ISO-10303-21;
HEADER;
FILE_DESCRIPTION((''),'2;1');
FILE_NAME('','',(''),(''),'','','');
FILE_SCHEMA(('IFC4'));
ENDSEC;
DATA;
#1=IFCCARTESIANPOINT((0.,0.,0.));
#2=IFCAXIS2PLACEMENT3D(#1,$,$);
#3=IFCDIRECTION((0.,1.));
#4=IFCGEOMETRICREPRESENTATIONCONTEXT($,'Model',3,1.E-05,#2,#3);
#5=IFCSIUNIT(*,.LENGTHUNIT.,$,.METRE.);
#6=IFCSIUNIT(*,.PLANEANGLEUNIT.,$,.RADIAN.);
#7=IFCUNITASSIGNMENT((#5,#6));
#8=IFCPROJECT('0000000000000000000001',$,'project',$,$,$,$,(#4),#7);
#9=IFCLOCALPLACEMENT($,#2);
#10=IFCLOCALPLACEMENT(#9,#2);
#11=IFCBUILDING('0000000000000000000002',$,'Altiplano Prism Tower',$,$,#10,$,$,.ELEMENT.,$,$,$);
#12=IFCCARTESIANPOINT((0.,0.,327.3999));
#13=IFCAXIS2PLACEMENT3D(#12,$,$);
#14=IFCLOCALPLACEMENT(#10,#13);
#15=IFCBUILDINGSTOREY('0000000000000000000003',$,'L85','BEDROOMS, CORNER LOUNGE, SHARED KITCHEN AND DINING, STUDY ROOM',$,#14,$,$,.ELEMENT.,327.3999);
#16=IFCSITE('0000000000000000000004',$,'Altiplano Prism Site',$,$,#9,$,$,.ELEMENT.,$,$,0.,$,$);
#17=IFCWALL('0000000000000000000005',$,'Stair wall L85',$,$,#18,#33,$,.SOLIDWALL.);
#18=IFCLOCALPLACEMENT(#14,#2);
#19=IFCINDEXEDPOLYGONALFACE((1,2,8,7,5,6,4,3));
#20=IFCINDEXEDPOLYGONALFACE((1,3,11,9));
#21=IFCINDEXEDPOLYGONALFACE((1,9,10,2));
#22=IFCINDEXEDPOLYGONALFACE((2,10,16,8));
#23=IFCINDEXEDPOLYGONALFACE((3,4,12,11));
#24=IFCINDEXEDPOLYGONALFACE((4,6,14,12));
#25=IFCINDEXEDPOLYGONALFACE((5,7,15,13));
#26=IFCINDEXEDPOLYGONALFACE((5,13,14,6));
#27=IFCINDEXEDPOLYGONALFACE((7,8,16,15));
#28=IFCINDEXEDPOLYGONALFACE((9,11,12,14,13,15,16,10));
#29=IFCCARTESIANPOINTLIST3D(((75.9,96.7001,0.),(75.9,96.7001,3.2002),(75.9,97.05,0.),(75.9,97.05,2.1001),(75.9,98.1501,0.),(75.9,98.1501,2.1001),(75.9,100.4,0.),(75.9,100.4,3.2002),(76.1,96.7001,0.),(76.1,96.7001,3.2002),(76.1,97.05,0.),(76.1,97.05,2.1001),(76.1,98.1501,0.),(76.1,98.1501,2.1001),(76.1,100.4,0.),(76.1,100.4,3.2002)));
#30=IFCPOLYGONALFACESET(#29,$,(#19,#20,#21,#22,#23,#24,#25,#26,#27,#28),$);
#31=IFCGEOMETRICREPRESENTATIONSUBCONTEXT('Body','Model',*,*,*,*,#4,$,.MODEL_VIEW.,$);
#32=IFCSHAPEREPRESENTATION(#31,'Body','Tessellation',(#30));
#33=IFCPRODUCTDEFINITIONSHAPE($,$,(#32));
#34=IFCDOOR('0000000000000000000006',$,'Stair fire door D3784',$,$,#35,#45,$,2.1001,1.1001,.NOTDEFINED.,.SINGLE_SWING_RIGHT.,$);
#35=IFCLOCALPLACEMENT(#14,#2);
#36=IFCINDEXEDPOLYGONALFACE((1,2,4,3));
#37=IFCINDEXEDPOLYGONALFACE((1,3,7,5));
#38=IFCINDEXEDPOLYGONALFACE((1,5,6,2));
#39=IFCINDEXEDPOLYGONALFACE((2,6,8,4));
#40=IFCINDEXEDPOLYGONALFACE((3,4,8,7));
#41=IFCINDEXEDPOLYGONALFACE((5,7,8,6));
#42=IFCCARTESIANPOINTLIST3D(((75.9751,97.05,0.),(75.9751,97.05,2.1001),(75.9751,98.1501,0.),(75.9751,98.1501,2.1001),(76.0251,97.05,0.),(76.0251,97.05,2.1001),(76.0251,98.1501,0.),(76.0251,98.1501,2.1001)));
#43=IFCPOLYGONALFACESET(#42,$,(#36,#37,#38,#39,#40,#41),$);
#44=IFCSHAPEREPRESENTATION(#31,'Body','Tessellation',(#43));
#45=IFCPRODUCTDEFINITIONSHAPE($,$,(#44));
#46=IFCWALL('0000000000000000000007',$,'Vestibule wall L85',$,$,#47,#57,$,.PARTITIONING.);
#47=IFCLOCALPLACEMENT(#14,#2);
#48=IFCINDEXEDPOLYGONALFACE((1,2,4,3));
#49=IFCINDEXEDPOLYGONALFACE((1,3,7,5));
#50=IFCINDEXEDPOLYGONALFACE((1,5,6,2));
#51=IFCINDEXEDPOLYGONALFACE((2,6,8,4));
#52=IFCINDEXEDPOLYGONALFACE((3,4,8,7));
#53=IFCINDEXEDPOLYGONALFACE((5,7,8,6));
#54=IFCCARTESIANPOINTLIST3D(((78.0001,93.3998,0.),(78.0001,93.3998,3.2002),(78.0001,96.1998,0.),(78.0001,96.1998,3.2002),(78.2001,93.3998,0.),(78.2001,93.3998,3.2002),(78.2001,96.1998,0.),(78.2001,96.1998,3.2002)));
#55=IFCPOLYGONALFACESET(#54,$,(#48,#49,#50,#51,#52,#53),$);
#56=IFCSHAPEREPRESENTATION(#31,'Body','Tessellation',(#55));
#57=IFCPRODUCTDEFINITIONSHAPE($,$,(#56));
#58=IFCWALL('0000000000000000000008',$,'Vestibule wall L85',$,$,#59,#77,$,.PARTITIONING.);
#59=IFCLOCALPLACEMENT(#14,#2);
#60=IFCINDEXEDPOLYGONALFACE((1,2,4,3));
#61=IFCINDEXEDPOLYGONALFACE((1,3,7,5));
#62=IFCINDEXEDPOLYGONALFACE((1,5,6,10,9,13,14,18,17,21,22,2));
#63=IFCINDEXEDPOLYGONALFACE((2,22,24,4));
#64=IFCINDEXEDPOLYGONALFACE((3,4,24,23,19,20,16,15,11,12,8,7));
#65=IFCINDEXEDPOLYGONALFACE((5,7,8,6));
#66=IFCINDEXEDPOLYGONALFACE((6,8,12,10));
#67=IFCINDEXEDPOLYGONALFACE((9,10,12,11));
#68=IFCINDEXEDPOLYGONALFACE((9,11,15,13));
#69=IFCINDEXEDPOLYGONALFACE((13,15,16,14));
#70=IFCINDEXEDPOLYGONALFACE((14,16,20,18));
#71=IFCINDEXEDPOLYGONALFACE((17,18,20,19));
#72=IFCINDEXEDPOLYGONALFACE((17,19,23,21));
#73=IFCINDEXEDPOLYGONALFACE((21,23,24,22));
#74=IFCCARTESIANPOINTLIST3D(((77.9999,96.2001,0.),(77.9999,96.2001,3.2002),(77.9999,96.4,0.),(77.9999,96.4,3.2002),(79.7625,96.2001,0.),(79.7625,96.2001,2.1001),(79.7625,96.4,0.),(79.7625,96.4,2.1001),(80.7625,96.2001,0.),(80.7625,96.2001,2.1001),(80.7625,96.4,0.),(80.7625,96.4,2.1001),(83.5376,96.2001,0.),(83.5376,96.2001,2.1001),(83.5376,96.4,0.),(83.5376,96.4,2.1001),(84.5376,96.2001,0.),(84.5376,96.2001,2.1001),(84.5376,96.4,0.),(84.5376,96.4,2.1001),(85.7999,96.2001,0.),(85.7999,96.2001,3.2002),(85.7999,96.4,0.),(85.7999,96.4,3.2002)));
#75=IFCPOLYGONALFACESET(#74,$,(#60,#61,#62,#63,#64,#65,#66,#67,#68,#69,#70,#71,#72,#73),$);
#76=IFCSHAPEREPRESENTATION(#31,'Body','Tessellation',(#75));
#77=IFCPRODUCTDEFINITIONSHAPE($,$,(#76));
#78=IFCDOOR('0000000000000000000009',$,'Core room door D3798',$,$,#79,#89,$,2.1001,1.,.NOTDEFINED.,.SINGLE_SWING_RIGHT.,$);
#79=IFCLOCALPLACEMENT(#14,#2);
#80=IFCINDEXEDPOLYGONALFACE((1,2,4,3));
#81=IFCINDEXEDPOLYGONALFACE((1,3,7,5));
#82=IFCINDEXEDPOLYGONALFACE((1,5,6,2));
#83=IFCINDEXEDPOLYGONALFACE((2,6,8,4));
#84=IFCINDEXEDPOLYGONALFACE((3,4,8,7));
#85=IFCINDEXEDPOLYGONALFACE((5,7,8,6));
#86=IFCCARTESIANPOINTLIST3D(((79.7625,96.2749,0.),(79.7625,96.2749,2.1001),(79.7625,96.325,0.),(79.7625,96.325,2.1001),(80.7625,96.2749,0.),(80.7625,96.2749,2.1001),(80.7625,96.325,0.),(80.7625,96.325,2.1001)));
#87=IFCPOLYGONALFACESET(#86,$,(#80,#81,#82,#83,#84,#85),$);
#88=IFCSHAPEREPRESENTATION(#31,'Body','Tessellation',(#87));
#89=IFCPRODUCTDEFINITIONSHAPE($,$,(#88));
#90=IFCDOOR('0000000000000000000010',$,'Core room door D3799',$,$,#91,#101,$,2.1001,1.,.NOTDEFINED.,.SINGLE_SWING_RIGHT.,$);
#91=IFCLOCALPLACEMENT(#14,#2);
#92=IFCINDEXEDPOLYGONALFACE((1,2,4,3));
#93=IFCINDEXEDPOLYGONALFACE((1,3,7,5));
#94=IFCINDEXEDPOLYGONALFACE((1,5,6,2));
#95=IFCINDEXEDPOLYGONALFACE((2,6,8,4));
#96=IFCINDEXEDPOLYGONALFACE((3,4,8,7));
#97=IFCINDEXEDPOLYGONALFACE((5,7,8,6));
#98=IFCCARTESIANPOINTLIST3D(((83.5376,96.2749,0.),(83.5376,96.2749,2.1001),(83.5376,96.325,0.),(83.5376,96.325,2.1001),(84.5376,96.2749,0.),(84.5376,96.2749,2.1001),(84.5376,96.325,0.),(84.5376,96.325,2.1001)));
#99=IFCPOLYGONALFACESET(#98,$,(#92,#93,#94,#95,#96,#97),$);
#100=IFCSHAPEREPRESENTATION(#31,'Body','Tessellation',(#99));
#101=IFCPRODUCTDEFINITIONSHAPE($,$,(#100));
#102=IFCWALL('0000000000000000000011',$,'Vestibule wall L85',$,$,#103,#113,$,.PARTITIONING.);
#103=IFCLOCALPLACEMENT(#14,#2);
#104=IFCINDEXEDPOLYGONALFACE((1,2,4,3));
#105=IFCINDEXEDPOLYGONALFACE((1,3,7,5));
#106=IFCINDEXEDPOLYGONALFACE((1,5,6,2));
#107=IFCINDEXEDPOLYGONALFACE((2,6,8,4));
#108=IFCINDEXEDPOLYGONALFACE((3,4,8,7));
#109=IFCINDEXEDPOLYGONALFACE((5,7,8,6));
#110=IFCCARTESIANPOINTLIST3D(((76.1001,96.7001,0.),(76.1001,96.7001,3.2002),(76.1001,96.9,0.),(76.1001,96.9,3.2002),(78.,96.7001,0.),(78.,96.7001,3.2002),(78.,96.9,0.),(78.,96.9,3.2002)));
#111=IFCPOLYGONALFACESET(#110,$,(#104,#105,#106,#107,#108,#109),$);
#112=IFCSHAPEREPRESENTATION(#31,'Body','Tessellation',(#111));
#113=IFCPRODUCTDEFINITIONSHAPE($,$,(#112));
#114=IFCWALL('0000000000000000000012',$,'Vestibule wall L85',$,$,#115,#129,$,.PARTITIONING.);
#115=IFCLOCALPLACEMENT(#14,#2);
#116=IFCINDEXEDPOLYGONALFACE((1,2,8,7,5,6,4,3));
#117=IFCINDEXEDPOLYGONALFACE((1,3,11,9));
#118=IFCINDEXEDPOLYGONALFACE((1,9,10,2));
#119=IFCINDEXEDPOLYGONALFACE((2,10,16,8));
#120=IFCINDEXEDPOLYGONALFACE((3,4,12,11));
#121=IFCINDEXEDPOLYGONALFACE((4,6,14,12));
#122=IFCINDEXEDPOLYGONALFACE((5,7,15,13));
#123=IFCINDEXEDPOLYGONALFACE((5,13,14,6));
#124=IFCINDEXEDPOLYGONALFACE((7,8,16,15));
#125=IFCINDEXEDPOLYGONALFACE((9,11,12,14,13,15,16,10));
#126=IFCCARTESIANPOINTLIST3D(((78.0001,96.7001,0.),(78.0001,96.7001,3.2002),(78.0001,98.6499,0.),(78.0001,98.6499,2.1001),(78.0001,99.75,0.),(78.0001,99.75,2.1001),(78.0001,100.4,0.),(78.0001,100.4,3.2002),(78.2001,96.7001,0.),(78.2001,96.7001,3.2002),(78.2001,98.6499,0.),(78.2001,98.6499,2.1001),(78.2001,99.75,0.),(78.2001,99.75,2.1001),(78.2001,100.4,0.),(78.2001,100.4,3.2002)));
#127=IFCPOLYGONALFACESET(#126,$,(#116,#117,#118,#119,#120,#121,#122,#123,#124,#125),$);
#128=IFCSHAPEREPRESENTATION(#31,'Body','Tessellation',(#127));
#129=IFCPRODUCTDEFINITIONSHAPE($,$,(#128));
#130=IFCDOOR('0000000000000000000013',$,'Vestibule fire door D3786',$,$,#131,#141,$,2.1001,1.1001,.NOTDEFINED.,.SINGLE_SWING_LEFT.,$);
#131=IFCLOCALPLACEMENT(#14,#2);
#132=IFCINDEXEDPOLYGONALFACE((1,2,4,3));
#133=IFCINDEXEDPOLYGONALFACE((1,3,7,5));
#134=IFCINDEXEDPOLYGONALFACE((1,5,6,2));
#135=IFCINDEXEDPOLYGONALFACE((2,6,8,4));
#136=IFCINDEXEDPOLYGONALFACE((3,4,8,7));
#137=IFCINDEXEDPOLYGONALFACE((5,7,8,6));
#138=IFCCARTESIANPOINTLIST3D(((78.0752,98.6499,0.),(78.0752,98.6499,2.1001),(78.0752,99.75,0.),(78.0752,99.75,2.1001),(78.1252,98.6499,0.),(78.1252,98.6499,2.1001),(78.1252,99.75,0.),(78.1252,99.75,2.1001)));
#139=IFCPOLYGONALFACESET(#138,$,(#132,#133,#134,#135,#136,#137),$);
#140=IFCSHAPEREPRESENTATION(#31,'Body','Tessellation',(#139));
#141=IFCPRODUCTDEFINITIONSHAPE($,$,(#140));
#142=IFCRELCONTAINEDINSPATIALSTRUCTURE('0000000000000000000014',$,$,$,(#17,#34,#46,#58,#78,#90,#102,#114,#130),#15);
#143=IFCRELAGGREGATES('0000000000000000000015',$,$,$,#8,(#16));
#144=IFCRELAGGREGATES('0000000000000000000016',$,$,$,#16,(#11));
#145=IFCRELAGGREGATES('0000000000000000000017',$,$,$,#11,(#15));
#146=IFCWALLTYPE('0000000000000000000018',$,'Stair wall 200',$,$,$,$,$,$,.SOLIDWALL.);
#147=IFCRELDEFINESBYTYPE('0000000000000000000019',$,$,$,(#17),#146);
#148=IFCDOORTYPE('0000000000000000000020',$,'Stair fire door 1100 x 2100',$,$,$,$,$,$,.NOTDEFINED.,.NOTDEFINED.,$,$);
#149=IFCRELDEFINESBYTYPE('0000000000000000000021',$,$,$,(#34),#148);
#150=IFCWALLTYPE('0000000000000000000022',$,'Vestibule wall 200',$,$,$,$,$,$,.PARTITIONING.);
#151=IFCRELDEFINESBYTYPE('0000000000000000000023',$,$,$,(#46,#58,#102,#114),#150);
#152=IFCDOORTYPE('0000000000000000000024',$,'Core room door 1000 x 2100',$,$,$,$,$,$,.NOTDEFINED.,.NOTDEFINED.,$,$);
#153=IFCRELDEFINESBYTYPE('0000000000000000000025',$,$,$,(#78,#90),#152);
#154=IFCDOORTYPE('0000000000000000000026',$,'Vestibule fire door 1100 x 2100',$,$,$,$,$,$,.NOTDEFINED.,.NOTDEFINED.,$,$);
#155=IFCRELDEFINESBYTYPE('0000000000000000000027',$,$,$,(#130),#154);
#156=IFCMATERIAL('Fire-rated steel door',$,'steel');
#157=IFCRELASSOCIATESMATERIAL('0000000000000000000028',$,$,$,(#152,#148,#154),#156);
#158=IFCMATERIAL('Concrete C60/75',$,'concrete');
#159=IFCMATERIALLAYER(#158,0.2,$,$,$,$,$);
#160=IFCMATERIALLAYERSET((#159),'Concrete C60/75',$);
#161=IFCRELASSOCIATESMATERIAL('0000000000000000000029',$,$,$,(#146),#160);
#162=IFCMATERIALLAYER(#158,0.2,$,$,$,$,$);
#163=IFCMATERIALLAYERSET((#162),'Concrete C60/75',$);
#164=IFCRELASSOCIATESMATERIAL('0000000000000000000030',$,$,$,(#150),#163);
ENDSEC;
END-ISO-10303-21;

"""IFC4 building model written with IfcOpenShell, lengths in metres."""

from ifc_helpers import new_model, si_unit, direction, frame, frame_2d, origin, place, context, subcontext, project, spatial, rectangle, extrude, material, layer, layer_set, type_object, element, fill, save


model = new_model("IFC4")

# Units and contexts
model_context = context("Model", 3, precision=1e-05, world=origin(), true_north=direction((0.0, 1.0)))
body_context = subcontext(model_context, "Body", "Model", "MODEL_VIEW")
ifc_project = project(units=[si_unit("LENGTHUNIT", "METRE"), si_unit("PLANEANGLEUNIT", "RADIAN")], contexts=[model_context])

# Site, building, storey
site_placement = place(None, origin())
site = spatial("IfcSite", under=ifc_project, at=site_placement, Name="Altiplano Prism Site", CompositionType="ELEMENT", RefElevation=0.0)
building_placement = place(site_placement, origin())
building = spatial("IfcBuilding", under=site, at=building_placement, Name="Altiplano Prism Tower", CompositionType="ELEMENT")
storey_placement = place(building_placement, frame((0.0, 0.0, 327.3999)))
storey = spatial("IfcBuildingStorey", under=building, at=storey_placement, Name="L85", Description="BEDROOMS, CORNER LOUNGE, SHARED KITCHEN AND DINING, STUDY ROOM", CompositionType="ELEMENT", Elevation=327.3999)

# Shared definitions
ifc_material_1 = material(Name="Concrete C60/75", Category="concrete")

# Shared definitions
ifc_material_2 = material(Name="Fire-rated steel door", Category="steel")
door_type_1 = type_object("IfcDoorType", Name="Core room door 1000 x 2100", OperationType="NOTDEFINED", PredefinedType="NOTDEFINED", material=ifc_material_2)

# Shared definitions
ifc_layer_1 = layer(ifc_material_1, 0.2)
ifc_layer_set_1 = layer_set([ifc_layer_1], Name="Concrete C60/75")
wall_type_1 = type_object("IfcWallType", Name="Stair wall 200", PredefinedType="SOLIDWALL", material=ifc_layer_set_1)

# Wall, opening, door
wall_1_placement = place(storey_placement, frame((76.0, 96.7, 0.0), z_axis=(0.0, 0.0, 1.0), x_axis=(0.0, 1.0, 0.0)))
wall_1 = element("IfcWall", 1, at=wall_1_placement, inside=storey, type_object=wall_type_1, Name="Stair wall L85", PredefinedType="SOLIDWALL", context=body_context, shape_type="SweptSolid", body=[
    extrude(rectangle(XDim=3.7, YDim=0.2, at=frame_2d((1.8501, 0.0))), origin(), (0.0, 0.0, 1.0), 3.2002),
])
opening_1_placement = place(wall_1_placement, frame((0.3501, 0.0, 0.0)))
opening_1 = element("IfcOpeningElement", 2, at=opening_1_placement, cuts=wall_1, PredefinedType="OPENING", context=body_context, shape_type="SweptSolid", body=[
    extrude(rectangle(XDim=1.1001, YDim=2.1001, at=frame_2d((0.55, 1.05))), frame((0.0, 0.1104, 0.0), z_axis=(0.0, -1.0, 0.0), x_axis=(1.0, 0.0, 0.0)), (0.0, 0.0, 1.0), 0.2209),
])
door_type_2 = type_object("IfcDoorType", Name="Stair fire door 1100 x 2100", OperationType="NOTDEFINED", PredefinedType="NOTDEFINED", material=ifc_material_2)
door_1_placement = place(opening_1_placement, origin())
door_1 = element("IfcDoor", 3, at=door_1_placement, inside=storey, type_object=door_type_2, Name="Stair fire door D3784", OperationType="SINGLE_SWING_RIGHT", OverallHeight=2.1001, OverallWidth=1.1001, PredefinedType="NOTDEFINED", context=body_context, shape_type="SweptSolid", body=[
    extrude(rectangle(XDim=1.1001, YDim=2.1001, at=frame_2d((0.55, 1.05))), frame((0.0, 0.0249, 0.0), z_axis=(0.0, -1.0, 0.0), x_axis=(1.0, 0.0, 0.0)), (0.0, 0.0, 1.0), 0.05),
])
fill(opening_1, door_1)

# Wall
ifc_layer_2 = layer(ifc_material_1, 0.2)
ifc_layer_set_2 = layer_set([ifc_layer_2], Name="Concrete C60/75")
wall_type_2 = type_object("IfcWallType", Name="Vestibule wall 200", PredefinedType="PARTITIONING", material=ifc_layer_set_2)
wall_2_placement = place(storey_placement, frame((78.1001, 93.3999, 0.0), z_axis=(0.0, 0.0, 1.0), x_axis=(0.0, 1.0, 0.0)))
element("IfcWall", 4, at=wall_2_placement, inside=storey, type_object=wall_type_2, Name="Vestibule wall L85", PredefinedType="PARTITIONING", context=body_context, shape_type="SweptSolid", body=[
    extrude(rectangle(XDim=2.8, YDim=0.2, at=frame_2d((1.3999, 0.0))), origin(), (0.0, 0.0, 1.0), 3.2002),
])

# Wall, openings, doors
wall_3_placement = place(storey_placement, frame((78.0, 96.3, 0.0), z_axis=(0.0, 0.0, 1.0), x_axis=(1.0, 0.0, 0.0)))
wall_3 = element("IfcWall", 5, at=wall_3_placement, inside=storey, type_object=wall_type_2, Name="Vestibule wall L85", PredefinedType="PARTITIONING", context=body_context, shape_type="SweptSolid", body=[
    extrude(rectangle(XDim=7.8, YDim=0.2, at=frame_2d((3.8999, 0.0))), origin(), (0.0, 0.0, 1.0), 3.2002),
])
opening_2_placement = place(wall_3_placement, frame((1.7625, 0.0, 0.0)))
opening_2 = element("IfcOpeningElement", 6, at=opening_2_placement, cuts=wall_3, PredefinedType="OPENING", context=body_context, shape_type="SweptSolid", body=[
    extrude(rectangle(XDim=1.0, YDim=2.1001, at=frame_2d((0.5, 1.05))), frame((0.0, 0.1104, 0.0), z_axis=(0.0, -1.0, 0.0), x_axis=(1.0, 0.0, 0.0)), (0.0, 0.0, 1.0), 0.2209),
])
opening_3_placement = place(wall_3_placement, frame((5.5376, 0.0, 0.0)))
opening_3 = element("IfcOpeningElement", 7, at=opening_3_placement, cuts=wall_3, PredefinedType="OPENING", context=body_context, shape_type="SweptSolid", body=[
    extrude(rectangle(XDim=1.0, YDim=2.1001, at=frame_2d((0.5, 1.05))), frame((0.0, 0.1104, 0.0), z_axis=(0.0, -1.0, 0.0), x_axis=(1.0, 0.0, 0.0)), (0.0, 0.0, 1.0), 0.2209),
])
door_2_placement = place(opening_2_placement, origin())
door_2 = element("IfcDoor", 8, at=door_2_placement, inside=storey, type_object=door_type_1, Name="Core room door D3798", OperationType="SINGLE_SWING_RIGHT", OverallHeight=2.1001, OverallWidth=1.0, PredefinedType="NOTDEFINED", context=body_context, shape_type="SweptSolid", body=[
    extrude(rectangle(XDim=1.0, YDim=2.1001, at=frame_2d((0.5, 1.05))), frame((0.0, 0.0249, 0.0), z_axis=(0.0, -1.0, 0.0), x_axis=(1.0, 0.0, 0.0)), (0.0, 0.0, 1.0), 0.05),
])
fill(opening_2, door_2)
door_3_placement = place(opening_3_placement, origin())
door_3 = element("IfcDoor", 9, at=door_3_placement, inside=storey, type_object=door_type_1, Name="Core room door D3799", OperationType="SINGLE_SWING_RIGHT", OverallHeight=2.1001, OverallWidth=1.0, PredefinedType="NOTDEFINED", context=body_context, shape_type="SweptSolid", body=[
    extrude(rectangle(XDim=1.0, YDim=2.1001, at=frame_2d((0.5, 1.05))), frame((0.0, 0.0249, 0.0), z_axis=(0.0, -1.0, 0.0), x_axis=(1.0, 0.0, 0.0)), (0.0, 0.0, 1.0), 0.05),
])
fill(opening_3, door_3)

# Wall
wall_4_placement = place(storey_placement, frame((76.1001, 96.8, 0.0), z_axis=(0.0, 0.0, 1.0), x_axis=(1.0, 0.0, 0.0)))
element("IfcWall", 10, at=wall_4_placement, inside=storey, type_object=wall_type_2, Name="Vestibule wall L85", PredefinedType="PARTITIONING", context=body_context, shape_type="SweptSolid", body=[
    extrude(rectangle(XDim=1.8999, YDim=0.2, at=frame_2d((0.95, 0.0))), origin(), (0.0, 0.0, 1.0), 3.2002),
])

# Wall, opening, door
wall_5_placement = place(storey_placement, frame((78.1001, 96.7, 0.0), z_axis=(0.0, 0.0, 1.0), x_axis=(0.0, 1.0, 0.0)))
wall_5 = element("IfcWall", 11, at=wall_5_placement, inside=storey, type_object=wall_type_2, Name="Vestibule wall L85", PredefinedType="PARTITIONING", context=body_context, shape_type="SweptSolid", body=[
    extrude(rectangle(XDim=3.7, YDim=0.2, at=frame_2d((1.8501, 0.0))), origin(), (0.0, 0.0, 1.0), 3.2002),
])
opening_4_placement = place(wall_5_placement, frame((1.95, 0.0, 0.0)))
opening_4 = element("IfcOpeningElement", 12, at=opening_4_placement, cuts=wall_5, PredefinedType="OPENING", context=body_context, shape_type="SweptSolid", body=[
    extrude(rectangle(XDim=1.1001, YDim=2.1001, at=frame_2d((0.55, 1.05))), frame((0.0, 0.1104, 0.0), z_axis=(0.0, -1.0, 0.0), x_axis=(1.0, 0.0, 0.0)), (0.0, 0.0, 1.0), 0.2209),
])
door_type_3 = type_object("IfcDoorType", Name="Vestibule fire door 1100 x 2100", OperationType="NOTDEFINED", PredefinedType="NOTDEFINED", material=ifc_material_2)
door_4_placement = place(opening_4_placement, origin())
door_4 = element("IfcDoor", 13, at=door_4_placement, inside=storey, type_object=door_type_3, Name="Vestibule fire door D3786", OperationType="SINGLE_SWING_LEFT", OverallHeight=2.1001, OverallWidth=1.1001, PredefinedType="NOTDEFINED", context=body_context, shape_type="SweptSolid", body=[
    extrude(rectangle(XDim=1.1001, YDim=2.1001, at=frame_2d((0.55, 1.05))), frame((0.0, 0.0249, 0.0), z_axis=(0.0, -1.0, 0.0), x_axis=(1.0, 0.0, 0.0)), (0.0, 0.0, 1.0), 0.05),
])
fill(opening_4, door_4)

save(model, "model.ifc")
